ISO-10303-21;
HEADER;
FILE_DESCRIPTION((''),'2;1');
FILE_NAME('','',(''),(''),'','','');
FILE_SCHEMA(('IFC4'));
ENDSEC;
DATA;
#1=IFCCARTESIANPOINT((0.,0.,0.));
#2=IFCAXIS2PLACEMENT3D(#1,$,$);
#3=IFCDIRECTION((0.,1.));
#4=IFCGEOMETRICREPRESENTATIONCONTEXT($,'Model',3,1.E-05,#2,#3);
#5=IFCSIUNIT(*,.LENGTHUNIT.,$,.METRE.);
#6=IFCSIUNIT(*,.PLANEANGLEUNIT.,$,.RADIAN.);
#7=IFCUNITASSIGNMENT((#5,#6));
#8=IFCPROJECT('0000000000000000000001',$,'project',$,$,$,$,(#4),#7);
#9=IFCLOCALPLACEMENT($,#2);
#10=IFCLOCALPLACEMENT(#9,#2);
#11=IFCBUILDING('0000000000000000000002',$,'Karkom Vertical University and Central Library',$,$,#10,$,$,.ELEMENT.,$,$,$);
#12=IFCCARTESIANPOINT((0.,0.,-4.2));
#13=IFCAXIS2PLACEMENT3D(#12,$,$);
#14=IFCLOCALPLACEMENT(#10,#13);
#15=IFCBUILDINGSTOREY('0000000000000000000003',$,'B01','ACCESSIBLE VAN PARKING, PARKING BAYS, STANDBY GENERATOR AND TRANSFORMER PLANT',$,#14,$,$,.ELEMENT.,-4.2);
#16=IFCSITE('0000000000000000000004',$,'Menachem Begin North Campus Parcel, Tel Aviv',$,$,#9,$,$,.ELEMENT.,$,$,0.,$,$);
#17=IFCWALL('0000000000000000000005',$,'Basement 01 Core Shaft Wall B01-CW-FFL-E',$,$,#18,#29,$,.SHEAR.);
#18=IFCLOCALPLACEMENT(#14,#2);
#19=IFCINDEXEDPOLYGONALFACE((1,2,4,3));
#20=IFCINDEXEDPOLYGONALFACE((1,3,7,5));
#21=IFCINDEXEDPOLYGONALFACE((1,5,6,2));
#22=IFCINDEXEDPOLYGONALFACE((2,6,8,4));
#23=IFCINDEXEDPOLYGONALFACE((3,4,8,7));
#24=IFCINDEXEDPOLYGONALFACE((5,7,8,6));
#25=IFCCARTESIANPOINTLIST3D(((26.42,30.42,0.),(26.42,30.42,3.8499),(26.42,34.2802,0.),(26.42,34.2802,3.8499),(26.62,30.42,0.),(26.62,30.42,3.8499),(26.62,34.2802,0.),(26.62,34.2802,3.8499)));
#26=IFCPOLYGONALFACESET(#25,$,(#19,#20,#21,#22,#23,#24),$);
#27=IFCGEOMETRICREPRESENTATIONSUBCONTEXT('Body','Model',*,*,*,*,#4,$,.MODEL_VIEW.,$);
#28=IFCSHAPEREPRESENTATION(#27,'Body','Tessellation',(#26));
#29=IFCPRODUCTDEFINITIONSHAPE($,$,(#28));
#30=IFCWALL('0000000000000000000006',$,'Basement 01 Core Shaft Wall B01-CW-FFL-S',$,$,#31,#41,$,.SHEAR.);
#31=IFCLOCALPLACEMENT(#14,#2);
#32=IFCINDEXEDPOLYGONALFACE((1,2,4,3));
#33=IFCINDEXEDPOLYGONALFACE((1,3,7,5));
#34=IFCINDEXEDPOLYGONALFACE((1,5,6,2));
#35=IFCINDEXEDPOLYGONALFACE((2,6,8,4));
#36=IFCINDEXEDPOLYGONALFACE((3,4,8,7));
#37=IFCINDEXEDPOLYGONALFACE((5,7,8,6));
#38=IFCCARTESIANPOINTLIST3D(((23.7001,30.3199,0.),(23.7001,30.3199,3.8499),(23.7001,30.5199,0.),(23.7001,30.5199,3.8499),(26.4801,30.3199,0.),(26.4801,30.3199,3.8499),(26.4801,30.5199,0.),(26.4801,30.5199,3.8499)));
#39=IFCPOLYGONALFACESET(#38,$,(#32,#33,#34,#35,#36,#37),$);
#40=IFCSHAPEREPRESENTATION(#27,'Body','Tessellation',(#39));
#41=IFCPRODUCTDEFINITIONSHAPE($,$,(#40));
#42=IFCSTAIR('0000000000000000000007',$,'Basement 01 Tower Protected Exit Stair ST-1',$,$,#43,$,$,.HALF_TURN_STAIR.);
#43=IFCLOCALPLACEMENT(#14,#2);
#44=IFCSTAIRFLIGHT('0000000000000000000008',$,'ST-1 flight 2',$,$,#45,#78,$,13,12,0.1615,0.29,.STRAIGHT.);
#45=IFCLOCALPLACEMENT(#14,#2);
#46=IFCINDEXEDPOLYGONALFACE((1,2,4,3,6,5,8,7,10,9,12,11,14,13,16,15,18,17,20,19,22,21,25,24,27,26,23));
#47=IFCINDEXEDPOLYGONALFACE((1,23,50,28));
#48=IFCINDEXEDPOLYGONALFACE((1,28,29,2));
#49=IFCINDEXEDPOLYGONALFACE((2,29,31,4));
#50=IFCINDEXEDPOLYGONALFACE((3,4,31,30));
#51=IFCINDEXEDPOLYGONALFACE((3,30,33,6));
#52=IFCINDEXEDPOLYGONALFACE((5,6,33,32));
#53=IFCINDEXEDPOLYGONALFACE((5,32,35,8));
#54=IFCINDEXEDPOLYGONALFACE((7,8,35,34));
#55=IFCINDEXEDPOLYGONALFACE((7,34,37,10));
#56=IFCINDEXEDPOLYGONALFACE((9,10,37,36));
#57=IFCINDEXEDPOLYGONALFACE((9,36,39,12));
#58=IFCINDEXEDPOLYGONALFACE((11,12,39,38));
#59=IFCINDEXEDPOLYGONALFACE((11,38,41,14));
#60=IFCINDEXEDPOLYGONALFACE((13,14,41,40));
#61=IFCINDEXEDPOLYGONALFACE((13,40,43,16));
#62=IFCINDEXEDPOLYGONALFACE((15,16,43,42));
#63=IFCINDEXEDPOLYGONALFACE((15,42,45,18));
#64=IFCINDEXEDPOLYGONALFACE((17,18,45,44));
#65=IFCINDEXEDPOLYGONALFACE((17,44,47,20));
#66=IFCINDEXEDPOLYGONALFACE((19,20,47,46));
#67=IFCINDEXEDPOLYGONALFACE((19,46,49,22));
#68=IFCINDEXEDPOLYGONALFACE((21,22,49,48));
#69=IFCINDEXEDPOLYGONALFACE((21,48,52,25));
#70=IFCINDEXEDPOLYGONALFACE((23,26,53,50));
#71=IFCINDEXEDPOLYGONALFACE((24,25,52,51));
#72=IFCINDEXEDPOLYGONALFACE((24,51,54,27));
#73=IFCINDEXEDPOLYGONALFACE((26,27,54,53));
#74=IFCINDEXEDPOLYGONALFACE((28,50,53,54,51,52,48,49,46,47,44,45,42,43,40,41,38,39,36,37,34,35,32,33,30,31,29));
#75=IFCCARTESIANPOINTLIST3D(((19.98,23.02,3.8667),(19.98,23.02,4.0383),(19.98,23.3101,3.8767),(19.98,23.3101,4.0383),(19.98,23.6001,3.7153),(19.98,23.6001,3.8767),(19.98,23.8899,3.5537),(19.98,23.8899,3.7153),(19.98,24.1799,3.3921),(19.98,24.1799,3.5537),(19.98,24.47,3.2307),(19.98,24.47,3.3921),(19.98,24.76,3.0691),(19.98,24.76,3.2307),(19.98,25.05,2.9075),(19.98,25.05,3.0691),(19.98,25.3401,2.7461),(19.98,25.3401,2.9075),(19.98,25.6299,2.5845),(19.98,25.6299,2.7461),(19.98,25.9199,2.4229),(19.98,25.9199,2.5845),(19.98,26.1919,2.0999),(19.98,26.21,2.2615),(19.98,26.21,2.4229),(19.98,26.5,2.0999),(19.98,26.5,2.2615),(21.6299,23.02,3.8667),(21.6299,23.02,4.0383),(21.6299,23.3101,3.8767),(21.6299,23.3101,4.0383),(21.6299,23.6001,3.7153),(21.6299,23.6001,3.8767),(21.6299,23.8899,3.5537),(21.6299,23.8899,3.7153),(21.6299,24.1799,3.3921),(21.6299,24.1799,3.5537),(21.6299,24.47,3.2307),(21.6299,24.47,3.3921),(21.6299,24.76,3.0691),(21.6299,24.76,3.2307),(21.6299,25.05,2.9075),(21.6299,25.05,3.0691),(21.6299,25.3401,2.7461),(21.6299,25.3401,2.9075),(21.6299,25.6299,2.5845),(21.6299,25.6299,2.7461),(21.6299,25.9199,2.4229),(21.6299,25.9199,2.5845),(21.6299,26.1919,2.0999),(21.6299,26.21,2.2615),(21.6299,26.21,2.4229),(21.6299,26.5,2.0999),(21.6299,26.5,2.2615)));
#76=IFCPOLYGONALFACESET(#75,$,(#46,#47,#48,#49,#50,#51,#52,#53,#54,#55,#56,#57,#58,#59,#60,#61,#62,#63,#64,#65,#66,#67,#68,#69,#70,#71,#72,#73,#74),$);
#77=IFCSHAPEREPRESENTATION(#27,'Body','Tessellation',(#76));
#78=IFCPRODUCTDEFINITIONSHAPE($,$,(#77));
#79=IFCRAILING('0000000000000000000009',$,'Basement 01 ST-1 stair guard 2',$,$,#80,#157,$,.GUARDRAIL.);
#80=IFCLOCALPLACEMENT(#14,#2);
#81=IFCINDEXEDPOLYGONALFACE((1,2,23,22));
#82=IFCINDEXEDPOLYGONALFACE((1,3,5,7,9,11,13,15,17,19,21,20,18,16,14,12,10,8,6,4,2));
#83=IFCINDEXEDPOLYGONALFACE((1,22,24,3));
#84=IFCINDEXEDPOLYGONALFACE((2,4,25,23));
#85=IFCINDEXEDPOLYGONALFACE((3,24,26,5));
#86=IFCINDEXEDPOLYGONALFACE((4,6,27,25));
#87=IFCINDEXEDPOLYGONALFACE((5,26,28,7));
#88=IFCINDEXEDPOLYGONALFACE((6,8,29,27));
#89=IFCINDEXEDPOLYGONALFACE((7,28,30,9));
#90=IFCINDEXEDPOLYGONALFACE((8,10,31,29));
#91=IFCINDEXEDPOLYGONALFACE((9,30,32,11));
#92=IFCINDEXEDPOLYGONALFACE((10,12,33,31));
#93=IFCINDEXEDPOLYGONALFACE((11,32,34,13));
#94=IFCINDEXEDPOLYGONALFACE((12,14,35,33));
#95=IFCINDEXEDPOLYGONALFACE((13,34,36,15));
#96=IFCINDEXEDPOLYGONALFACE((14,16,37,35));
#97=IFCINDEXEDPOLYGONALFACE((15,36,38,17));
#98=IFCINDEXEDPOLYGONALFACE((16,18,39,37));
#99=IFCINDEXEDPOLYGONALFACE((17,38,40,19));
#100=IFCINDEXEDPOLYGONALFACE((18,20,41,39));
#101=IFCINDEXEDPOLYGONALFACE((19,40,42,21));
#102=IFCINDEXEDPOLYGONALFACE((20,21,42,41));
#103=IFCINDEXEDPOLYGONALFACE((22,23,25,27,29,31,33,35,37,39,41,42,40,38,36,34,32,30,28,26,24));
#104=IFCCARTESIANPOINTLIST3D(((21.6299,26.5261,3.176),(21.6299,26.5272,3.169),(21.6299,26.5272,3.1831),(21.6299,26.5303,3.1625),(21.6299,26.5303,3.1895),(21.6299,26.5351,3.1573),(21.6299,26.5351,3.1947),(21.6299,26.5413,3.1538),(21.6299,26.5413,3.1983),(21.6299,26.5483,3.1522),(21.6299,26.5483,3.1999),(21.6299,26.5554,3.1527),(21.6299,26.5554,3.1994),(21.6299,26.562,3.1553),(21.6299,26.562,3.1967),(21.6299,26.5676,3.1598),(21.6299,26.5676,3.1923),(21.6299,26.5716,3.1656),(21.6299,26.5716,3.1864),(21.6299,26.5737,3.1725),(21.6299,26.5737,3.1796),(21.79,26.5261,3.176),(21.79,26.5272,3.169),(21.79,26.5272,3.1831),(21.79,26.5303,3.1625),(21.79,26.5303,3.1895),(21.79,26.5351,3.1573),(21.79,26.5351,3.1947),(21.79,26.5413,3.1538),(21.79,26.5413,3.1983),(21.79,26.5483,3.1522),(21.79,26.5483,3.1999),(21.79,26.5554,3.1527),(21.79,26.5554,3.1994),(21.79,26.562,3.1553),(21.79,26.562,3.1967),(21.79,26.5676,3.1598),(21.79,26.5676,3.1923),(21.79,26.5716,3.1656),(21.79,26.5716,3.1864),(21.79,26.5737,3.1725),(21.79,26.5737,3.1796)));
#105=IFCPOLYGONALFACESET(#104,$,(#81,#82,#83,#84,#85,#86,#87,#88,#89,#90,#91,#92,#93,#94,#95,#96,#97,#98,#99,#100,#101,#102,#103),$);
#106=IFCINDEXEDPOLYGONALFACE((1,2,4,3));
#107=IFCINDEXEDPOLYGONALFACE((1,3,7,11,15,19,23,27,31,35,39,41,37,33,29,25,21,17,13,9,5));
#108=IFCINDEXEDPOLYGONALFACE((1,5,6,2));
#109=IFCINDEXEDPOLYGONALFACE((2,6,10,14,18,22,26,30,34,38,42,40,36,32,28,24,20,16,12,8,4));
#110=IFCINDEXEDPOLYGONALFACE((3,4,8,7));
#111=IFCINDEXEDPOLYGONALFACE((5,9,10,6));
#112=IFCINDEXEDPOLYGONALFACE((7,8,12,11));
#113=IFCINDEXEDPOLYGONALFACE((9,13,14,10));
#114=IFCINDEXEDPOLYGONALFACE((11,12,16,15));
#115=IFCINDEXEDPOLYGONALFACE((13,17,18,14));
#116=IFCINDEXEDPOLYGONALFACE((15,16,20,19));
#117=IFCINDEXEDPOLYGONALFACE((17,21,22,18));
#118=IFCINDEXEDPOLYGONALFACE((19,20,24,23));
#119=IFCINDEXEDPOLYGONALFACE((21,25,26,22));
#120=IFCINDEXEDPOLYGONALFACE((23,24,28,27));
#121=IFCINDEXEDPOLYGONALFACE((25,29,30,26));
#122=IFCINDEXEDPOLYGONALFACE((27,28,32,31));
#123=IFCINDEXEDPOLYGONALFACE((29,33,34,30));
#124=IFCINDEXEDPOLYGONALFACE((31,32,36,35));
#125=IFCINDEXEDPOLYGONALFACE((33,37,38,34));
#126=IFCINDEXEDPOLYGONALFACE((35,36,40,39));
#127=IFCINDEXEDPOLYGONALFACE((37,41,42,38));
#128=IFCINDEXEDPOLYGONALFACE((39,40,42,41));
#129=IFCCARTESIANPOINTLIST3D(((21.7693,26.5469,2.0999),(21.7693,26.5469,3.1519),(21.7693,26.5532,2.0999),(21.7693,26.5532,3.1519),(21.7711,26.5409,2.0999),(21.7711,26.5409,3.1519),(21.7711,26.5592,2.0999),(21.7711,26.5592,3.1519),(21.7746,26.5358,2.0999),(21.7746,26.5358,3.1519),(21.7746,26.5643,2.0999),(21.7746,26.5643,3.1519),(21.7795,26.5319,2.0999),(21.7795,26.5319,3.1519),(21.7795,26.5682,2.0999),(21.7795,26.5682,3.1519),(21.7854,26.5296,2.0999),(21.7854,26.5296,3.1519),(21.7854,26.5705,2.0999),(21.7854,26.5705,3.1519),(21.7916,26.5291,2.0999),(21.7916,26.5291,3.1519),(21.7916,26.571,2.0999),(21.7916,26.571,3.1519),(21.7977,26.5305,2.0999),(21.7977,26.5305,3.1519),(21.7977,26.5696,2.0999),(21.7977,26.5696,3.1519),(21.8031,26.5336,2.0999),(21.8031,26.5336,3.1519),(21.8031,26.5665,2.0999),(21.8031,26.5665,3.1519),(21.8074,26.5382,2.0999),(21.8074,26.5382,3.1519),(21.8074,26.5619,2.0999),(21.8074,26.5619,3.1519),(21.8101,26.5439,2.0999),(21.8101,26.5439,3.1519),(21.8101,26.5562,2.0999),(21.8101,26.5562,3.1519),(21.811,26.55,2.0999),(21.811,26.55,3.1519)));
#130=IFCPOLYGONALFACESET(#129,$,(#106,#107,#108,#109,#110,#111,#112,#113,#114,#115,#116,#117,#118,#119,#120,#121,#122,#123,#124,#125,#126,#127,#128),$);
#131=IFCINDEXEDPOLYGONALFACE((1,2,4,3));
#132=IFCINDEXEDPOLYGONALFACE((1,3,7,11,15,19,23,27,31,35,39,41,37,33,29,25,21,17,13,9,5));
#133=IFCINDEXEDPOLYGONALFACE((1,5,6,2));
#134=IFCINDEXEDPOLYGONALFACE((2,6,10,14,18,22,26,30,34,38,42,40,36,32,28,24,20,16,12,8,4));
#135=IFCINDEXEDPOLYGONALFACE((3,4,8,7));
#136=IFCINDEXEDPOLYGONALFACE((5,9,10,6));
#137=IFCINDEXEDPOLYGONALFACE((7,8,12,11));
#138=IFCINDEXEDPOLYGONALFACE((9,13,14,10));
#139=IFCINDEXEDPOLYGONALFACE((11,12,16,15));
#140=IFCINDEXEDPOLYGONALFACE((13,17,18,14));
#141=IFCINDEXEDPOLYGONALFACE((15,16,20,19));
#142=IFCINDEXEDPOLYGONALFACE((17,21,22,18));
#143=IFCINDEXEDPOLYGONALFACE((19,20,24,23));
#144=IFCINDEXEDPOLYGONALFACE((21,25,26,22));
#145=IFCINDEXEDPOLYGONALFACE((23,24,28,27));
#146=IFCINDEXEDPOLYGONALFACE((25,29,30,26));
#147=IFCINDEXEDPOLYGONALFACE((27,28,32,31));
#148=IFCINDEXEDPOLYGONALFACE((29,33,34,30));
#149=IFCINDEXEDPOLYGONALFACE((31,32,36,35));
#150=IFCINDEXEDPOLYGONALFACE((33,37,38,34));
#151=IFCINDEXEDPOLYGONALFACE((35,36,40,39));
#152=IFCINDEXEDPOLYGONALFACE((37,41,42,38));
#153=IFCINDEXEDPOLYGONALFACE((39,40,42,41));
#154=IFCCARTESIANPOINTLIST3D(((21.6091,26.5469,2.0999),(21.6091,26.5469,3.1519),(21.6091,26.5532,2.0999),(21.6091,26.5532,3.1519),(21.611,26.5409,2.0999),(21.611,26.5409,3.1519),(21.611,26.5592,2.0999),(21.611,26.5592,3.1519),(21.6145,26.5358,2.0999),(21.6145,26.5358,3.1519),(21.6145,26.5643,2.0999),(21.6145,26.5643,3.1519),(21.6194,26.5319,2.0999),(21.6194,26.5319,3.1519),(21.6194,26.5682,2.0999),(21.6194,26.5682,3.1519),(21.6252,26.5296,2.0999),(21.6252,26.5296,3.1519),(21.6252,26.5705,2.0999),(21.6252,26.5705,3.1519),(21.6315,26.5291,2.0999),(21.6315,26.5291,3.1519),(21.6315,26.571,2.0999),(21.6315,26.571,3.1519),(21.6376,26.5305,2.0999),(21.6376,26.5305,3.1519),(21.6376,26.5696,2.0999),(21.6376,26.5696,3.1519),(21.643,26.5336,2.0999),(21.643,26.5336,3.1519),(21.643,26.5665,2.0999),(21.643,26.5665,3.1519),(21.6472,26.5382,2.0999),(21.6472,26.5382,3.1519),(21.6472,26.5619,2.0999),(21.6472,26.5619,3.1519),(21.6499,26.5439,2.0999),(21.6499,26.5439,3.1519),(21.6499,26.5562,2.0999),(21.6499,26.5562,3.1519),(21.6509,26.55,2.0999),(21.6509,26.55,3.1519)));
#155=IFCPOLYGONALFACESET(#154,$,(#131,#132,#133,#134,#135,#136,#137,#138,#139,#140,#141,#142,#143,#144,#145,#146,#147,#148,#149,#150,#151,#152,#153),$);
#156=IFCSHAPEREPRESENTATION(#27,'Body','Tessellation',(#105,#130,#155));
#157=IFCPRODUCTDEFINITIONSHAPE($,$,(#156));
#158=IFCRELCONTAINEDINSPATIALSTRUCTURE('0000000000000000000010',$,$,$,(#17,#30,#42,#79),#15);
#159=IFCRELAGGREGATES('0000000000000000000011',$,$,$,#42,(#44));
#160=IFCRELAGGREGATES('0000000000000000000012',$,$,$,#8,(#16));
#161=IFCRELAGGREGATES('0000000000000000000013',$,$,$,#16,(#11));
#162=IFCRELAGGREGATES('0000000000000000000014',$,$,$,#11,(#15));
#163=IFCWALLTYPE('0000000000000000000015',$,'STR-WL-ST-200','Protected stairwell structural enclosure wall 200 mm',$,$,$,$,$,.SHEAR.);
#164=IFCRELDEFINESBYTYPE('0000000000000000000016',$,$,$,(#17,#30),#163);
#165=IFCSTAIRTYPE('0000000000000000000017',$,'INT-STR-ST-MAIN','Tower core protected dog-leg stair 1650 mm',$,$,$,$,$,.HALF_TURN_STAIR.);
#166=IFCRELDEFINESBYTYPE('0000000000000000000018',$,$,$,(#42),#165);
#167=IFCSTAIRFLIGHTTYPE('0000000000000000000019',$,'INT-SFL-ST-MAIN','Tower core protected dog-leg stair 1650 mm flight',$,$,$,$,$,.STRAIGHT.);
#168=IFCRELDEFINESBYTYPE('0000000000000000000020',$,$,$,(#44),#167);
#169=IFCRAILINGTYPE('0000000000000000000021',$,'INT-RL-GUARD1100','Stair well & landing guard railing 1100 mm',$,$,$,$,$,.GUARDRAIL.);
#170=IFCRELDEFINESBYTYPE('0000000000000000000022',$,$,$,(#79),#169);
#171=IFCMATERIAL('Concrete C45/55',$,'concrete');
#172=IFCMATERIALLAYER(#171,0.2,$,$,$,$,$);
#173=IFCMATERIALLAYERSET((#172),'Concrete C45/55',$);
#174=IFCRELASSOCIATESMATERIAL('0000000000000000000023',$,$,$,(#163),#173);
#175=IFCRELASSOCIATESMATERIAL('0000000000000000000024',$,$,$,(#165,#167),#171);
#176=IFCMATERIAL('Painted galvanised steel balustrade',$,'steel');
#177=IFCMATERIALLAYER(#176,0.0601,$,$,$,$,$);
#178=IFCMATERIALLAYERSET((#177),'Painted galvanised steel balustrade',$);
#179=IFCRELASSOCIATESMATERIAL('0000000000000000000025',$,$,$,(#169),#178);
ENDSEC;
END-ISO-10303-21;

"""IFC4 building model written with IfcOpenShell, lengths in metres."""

from ifc_helpers import new_model, si_unit, direction, frame, frame_2d, origin, origin_2d, place, context, subcontext, project, spatial, polyline, rectangle, circle, outline, extrude, material, layer, layer_set, type_object, element, aggregate, save


model = new_model("IFC4")

# Units and contexts
model_context = context("Model", 3, precision=1e-05, world=origin(), true_north=direction((0.0, 1.0)))
body_context = subcontext(model_context, "Body", "Model", "MODEL_VIEW")
ifc_project = project(units=[si_unit("LENGTHUNIT", "METRE"), si_unit("PLANEANGLEUNIT", "RADIAN")], contexts=[model_context])

# Site, building, storey
site_placement = place(None, origin())
site = spatial("IfcSite", under=ifc_project, at=site_placement, Name="Menachem Begin North Campus Parcel, Tel Aviv", CompositionType="ELEMENT", RefElevation=0.0)
building_placement = place(site_placement, origin())
building = spatial("IfcBuilding", under=site, at=building_placement, Name="Karkom Vertical University and Central Library", CompositionType="ELEMENT")
storey_placement = place(building_placement, frame((0.0, 0.0, -4.2)))
storey = spatial("IfcBuildingStorey", under=building, at=storey_placement, Name="B01", Description="ACCESSIBLE VAN PARKING, PARKING BAYS, STANDBY GENERATOR AND TRANSFORMER PLANT", CompositionType="ELEMENT", Elevation=-4.2)

# Shared definitions
ifc_material_1 = material(Name="Concrete C45/55", Category="concrete")

# Shared definitions
ifc_layer_1 = layer(ifc_material_1, 0.2)
ifc_layer_set_1 = layer_set([ifc_layer_1], Name="Concrete C45/55")
wall_type_1 = type_object("IfcWallType", Name="STR-WL-ST-200", Description="Protected stairwell structural enclosure wall 200 mm", PredefinedType="SHEAR", material=ifc_layer_set_1)

# Walls
wall_1_placement = place(storey_placement, frame((26.52, 30.4199, 0.0), z_axis=(0.0, 0.0, 1.0), x_axis=(0.0, 1.0, 0.0)))
element("IfcWall", 1, at=wall_1_placement, inside=storey, type_object=wall_type_1, Name="Basement 01 Core Shaft Wall B01-CW-FFL-E", PredefinedType="SHEAR", context=body_context, shape_type="SweptSolid", body=[
    extrude(rectangle(XDim=3.8601, YDim=0.2, at=frame_2d((1.9302, 0.0))), origin(), (0.0, 0.0, 1.0), 3.8499),
])
wall_2_placement = place(storey_placement, frame((23.7, 30.4199, 0.0), z_axis=(0.0, 0.0, 1.0), x_axis=(1.0, 0.0, 0.0)))
element("IfcWall", 2, at=wall_2_placement, inside=storey, type_object=wall_type_1, Name="Basement 01 Core Shaft Wall B01-CW-FFL-S", PredefinedType="SHEAR", context=body_context, shape_type="SweptSolid", body=[
    extrude(rectangle(XDim=2.78, YDim=0.2, at=frame_2d((1.3901, 0.0))), origin(), (0.0, 0.0, 1.0), 3.8499),
])

# Stair, stair flight
stair_type = type_object("IfcStairType", Name="INT-STR-ST-MAIN", Description="Tower core protected dog-leg stair 1650 mm", PredefinedType="HALF_TURN_STAIR", material=ifc_material_1)
stair_placement = place(storey_placement, origin())
stair = element("IfcStair", 3, at=stair_placement, inside=storey, type_object=stair_type, Name="Basement 01 Tower Protected Exit Stair ST-1", PredefinedType="HALF_TURN_STAIR")
stair_flight_type = type_object("IfcStairFlightType", Name="INT-SFL-ST-MAIN", Description="Tower core protected dog-leg stair 1650 mm flight", PredefinedType="STRAIGHT", material=ifc_material_1)
stair_flight_placement = place(storey_placement, frame((20.8049, 26.5, 2.0999), z_axis=(0.0, 0.0, 1.0), x_axis=(0.0, -1.0, 0.0)))
stair_flight = element("IfcStairFlight", 4, at=stair_flight_placement, type_object=stair_flight_type, Name="ST-1 flight 2", NumberOfRisers=13, NumberOfTreads=12, PredefinedType="STRAIGHT", RiserHeight=0.1615, TreadLength=0.29, context=body_context, shape_type="SweptSolid", body=[
    extrude(outline(polyline([(0.0, 0.0), (0.0, 0.1616), (0.29, 0.1616), (0.29, 0.323), (0.5801, 0.323), (0.5801, 0.4846), (0.8701, 0.4846), (0.8701, 0.6462), (1.1599, 0.6462), (1.1599, 0.8076), (1.45, 0.8076), (1.45, 0.9692), (1.74, 0.9692), (1.74, 1.1309), (2.03, 1.1309), (2.03, 1.2922), (2.3201, 1.2922), (2.3201, 1.4539), (2.6101, 1.4539), (2.6101, 1.6155), (2.8999, 1.6155), (2.8999, 1.7769), (3.1899, 1.7769), (3.1899, 1.9385), (3.48, 1.9385), (3.48, 2.1001), (3.48, 1.7668), (0.3081, 0.0), (0.0, 0.0)])), frame((0.0, 0.825, 0.0), z_axis=(0.0, -1.0, 0.0), x_axis=(1.0, 0.0, 0.0)), (0.0, 0.0, 1.0), 1.6499),
])
aggregate(stair, [stair_flight])

# Railing
ifc_material_2 = material(Name="Painted galvanised steel balustrade", Category="steel")
ifc_layer_2 = layer(ifc_material_2, 0.0601)
ifc_layer_set_2 = layer_set([ifc_layer_2], Name="Painted galvanised steel balustrade")
railing_type_1 = type_object("IfcRailingType", Name="INT-RL-GUARD1100", Description="Stair well & landing guard railing 1100 mm", PredefinedType="GUARDRAIL", material=ifc_layer_set_2)
railing_1_placement = place(storey_placement, frame((21.79, 26.55, 2.0999)))
element("IfcRailing", 5, at=railing_1_placement, inside=storey, type_object=railing_type_1, Name="Basement 01 ST-1 stair guard 2", PredefinedType="GUARDRAIL", context=body_context, shape_type="SweptSolid", body=[
    extrude(circle(Radius=0.0239, at=origin_2d()), frame((0.0, 0.0, 1.0762), z_axis=(-1.0, 0.0, 0.0), x_axis=(0.0, -1.0, 0.0)), (0.0, 0.0, 1.0), 0.1602),
    extrude(circle(Radius=0.021, at=origin_2d()), origin(), (0.0, 0.0, 1.0), 1.052),
    extrude(circle(Radius=0.021, at=origin_2d()), frame((-0.1602, 0.0, 0.0)), (0.0, 0.0, 1.0), 1.052),
])

save(model, "model.ifc")
